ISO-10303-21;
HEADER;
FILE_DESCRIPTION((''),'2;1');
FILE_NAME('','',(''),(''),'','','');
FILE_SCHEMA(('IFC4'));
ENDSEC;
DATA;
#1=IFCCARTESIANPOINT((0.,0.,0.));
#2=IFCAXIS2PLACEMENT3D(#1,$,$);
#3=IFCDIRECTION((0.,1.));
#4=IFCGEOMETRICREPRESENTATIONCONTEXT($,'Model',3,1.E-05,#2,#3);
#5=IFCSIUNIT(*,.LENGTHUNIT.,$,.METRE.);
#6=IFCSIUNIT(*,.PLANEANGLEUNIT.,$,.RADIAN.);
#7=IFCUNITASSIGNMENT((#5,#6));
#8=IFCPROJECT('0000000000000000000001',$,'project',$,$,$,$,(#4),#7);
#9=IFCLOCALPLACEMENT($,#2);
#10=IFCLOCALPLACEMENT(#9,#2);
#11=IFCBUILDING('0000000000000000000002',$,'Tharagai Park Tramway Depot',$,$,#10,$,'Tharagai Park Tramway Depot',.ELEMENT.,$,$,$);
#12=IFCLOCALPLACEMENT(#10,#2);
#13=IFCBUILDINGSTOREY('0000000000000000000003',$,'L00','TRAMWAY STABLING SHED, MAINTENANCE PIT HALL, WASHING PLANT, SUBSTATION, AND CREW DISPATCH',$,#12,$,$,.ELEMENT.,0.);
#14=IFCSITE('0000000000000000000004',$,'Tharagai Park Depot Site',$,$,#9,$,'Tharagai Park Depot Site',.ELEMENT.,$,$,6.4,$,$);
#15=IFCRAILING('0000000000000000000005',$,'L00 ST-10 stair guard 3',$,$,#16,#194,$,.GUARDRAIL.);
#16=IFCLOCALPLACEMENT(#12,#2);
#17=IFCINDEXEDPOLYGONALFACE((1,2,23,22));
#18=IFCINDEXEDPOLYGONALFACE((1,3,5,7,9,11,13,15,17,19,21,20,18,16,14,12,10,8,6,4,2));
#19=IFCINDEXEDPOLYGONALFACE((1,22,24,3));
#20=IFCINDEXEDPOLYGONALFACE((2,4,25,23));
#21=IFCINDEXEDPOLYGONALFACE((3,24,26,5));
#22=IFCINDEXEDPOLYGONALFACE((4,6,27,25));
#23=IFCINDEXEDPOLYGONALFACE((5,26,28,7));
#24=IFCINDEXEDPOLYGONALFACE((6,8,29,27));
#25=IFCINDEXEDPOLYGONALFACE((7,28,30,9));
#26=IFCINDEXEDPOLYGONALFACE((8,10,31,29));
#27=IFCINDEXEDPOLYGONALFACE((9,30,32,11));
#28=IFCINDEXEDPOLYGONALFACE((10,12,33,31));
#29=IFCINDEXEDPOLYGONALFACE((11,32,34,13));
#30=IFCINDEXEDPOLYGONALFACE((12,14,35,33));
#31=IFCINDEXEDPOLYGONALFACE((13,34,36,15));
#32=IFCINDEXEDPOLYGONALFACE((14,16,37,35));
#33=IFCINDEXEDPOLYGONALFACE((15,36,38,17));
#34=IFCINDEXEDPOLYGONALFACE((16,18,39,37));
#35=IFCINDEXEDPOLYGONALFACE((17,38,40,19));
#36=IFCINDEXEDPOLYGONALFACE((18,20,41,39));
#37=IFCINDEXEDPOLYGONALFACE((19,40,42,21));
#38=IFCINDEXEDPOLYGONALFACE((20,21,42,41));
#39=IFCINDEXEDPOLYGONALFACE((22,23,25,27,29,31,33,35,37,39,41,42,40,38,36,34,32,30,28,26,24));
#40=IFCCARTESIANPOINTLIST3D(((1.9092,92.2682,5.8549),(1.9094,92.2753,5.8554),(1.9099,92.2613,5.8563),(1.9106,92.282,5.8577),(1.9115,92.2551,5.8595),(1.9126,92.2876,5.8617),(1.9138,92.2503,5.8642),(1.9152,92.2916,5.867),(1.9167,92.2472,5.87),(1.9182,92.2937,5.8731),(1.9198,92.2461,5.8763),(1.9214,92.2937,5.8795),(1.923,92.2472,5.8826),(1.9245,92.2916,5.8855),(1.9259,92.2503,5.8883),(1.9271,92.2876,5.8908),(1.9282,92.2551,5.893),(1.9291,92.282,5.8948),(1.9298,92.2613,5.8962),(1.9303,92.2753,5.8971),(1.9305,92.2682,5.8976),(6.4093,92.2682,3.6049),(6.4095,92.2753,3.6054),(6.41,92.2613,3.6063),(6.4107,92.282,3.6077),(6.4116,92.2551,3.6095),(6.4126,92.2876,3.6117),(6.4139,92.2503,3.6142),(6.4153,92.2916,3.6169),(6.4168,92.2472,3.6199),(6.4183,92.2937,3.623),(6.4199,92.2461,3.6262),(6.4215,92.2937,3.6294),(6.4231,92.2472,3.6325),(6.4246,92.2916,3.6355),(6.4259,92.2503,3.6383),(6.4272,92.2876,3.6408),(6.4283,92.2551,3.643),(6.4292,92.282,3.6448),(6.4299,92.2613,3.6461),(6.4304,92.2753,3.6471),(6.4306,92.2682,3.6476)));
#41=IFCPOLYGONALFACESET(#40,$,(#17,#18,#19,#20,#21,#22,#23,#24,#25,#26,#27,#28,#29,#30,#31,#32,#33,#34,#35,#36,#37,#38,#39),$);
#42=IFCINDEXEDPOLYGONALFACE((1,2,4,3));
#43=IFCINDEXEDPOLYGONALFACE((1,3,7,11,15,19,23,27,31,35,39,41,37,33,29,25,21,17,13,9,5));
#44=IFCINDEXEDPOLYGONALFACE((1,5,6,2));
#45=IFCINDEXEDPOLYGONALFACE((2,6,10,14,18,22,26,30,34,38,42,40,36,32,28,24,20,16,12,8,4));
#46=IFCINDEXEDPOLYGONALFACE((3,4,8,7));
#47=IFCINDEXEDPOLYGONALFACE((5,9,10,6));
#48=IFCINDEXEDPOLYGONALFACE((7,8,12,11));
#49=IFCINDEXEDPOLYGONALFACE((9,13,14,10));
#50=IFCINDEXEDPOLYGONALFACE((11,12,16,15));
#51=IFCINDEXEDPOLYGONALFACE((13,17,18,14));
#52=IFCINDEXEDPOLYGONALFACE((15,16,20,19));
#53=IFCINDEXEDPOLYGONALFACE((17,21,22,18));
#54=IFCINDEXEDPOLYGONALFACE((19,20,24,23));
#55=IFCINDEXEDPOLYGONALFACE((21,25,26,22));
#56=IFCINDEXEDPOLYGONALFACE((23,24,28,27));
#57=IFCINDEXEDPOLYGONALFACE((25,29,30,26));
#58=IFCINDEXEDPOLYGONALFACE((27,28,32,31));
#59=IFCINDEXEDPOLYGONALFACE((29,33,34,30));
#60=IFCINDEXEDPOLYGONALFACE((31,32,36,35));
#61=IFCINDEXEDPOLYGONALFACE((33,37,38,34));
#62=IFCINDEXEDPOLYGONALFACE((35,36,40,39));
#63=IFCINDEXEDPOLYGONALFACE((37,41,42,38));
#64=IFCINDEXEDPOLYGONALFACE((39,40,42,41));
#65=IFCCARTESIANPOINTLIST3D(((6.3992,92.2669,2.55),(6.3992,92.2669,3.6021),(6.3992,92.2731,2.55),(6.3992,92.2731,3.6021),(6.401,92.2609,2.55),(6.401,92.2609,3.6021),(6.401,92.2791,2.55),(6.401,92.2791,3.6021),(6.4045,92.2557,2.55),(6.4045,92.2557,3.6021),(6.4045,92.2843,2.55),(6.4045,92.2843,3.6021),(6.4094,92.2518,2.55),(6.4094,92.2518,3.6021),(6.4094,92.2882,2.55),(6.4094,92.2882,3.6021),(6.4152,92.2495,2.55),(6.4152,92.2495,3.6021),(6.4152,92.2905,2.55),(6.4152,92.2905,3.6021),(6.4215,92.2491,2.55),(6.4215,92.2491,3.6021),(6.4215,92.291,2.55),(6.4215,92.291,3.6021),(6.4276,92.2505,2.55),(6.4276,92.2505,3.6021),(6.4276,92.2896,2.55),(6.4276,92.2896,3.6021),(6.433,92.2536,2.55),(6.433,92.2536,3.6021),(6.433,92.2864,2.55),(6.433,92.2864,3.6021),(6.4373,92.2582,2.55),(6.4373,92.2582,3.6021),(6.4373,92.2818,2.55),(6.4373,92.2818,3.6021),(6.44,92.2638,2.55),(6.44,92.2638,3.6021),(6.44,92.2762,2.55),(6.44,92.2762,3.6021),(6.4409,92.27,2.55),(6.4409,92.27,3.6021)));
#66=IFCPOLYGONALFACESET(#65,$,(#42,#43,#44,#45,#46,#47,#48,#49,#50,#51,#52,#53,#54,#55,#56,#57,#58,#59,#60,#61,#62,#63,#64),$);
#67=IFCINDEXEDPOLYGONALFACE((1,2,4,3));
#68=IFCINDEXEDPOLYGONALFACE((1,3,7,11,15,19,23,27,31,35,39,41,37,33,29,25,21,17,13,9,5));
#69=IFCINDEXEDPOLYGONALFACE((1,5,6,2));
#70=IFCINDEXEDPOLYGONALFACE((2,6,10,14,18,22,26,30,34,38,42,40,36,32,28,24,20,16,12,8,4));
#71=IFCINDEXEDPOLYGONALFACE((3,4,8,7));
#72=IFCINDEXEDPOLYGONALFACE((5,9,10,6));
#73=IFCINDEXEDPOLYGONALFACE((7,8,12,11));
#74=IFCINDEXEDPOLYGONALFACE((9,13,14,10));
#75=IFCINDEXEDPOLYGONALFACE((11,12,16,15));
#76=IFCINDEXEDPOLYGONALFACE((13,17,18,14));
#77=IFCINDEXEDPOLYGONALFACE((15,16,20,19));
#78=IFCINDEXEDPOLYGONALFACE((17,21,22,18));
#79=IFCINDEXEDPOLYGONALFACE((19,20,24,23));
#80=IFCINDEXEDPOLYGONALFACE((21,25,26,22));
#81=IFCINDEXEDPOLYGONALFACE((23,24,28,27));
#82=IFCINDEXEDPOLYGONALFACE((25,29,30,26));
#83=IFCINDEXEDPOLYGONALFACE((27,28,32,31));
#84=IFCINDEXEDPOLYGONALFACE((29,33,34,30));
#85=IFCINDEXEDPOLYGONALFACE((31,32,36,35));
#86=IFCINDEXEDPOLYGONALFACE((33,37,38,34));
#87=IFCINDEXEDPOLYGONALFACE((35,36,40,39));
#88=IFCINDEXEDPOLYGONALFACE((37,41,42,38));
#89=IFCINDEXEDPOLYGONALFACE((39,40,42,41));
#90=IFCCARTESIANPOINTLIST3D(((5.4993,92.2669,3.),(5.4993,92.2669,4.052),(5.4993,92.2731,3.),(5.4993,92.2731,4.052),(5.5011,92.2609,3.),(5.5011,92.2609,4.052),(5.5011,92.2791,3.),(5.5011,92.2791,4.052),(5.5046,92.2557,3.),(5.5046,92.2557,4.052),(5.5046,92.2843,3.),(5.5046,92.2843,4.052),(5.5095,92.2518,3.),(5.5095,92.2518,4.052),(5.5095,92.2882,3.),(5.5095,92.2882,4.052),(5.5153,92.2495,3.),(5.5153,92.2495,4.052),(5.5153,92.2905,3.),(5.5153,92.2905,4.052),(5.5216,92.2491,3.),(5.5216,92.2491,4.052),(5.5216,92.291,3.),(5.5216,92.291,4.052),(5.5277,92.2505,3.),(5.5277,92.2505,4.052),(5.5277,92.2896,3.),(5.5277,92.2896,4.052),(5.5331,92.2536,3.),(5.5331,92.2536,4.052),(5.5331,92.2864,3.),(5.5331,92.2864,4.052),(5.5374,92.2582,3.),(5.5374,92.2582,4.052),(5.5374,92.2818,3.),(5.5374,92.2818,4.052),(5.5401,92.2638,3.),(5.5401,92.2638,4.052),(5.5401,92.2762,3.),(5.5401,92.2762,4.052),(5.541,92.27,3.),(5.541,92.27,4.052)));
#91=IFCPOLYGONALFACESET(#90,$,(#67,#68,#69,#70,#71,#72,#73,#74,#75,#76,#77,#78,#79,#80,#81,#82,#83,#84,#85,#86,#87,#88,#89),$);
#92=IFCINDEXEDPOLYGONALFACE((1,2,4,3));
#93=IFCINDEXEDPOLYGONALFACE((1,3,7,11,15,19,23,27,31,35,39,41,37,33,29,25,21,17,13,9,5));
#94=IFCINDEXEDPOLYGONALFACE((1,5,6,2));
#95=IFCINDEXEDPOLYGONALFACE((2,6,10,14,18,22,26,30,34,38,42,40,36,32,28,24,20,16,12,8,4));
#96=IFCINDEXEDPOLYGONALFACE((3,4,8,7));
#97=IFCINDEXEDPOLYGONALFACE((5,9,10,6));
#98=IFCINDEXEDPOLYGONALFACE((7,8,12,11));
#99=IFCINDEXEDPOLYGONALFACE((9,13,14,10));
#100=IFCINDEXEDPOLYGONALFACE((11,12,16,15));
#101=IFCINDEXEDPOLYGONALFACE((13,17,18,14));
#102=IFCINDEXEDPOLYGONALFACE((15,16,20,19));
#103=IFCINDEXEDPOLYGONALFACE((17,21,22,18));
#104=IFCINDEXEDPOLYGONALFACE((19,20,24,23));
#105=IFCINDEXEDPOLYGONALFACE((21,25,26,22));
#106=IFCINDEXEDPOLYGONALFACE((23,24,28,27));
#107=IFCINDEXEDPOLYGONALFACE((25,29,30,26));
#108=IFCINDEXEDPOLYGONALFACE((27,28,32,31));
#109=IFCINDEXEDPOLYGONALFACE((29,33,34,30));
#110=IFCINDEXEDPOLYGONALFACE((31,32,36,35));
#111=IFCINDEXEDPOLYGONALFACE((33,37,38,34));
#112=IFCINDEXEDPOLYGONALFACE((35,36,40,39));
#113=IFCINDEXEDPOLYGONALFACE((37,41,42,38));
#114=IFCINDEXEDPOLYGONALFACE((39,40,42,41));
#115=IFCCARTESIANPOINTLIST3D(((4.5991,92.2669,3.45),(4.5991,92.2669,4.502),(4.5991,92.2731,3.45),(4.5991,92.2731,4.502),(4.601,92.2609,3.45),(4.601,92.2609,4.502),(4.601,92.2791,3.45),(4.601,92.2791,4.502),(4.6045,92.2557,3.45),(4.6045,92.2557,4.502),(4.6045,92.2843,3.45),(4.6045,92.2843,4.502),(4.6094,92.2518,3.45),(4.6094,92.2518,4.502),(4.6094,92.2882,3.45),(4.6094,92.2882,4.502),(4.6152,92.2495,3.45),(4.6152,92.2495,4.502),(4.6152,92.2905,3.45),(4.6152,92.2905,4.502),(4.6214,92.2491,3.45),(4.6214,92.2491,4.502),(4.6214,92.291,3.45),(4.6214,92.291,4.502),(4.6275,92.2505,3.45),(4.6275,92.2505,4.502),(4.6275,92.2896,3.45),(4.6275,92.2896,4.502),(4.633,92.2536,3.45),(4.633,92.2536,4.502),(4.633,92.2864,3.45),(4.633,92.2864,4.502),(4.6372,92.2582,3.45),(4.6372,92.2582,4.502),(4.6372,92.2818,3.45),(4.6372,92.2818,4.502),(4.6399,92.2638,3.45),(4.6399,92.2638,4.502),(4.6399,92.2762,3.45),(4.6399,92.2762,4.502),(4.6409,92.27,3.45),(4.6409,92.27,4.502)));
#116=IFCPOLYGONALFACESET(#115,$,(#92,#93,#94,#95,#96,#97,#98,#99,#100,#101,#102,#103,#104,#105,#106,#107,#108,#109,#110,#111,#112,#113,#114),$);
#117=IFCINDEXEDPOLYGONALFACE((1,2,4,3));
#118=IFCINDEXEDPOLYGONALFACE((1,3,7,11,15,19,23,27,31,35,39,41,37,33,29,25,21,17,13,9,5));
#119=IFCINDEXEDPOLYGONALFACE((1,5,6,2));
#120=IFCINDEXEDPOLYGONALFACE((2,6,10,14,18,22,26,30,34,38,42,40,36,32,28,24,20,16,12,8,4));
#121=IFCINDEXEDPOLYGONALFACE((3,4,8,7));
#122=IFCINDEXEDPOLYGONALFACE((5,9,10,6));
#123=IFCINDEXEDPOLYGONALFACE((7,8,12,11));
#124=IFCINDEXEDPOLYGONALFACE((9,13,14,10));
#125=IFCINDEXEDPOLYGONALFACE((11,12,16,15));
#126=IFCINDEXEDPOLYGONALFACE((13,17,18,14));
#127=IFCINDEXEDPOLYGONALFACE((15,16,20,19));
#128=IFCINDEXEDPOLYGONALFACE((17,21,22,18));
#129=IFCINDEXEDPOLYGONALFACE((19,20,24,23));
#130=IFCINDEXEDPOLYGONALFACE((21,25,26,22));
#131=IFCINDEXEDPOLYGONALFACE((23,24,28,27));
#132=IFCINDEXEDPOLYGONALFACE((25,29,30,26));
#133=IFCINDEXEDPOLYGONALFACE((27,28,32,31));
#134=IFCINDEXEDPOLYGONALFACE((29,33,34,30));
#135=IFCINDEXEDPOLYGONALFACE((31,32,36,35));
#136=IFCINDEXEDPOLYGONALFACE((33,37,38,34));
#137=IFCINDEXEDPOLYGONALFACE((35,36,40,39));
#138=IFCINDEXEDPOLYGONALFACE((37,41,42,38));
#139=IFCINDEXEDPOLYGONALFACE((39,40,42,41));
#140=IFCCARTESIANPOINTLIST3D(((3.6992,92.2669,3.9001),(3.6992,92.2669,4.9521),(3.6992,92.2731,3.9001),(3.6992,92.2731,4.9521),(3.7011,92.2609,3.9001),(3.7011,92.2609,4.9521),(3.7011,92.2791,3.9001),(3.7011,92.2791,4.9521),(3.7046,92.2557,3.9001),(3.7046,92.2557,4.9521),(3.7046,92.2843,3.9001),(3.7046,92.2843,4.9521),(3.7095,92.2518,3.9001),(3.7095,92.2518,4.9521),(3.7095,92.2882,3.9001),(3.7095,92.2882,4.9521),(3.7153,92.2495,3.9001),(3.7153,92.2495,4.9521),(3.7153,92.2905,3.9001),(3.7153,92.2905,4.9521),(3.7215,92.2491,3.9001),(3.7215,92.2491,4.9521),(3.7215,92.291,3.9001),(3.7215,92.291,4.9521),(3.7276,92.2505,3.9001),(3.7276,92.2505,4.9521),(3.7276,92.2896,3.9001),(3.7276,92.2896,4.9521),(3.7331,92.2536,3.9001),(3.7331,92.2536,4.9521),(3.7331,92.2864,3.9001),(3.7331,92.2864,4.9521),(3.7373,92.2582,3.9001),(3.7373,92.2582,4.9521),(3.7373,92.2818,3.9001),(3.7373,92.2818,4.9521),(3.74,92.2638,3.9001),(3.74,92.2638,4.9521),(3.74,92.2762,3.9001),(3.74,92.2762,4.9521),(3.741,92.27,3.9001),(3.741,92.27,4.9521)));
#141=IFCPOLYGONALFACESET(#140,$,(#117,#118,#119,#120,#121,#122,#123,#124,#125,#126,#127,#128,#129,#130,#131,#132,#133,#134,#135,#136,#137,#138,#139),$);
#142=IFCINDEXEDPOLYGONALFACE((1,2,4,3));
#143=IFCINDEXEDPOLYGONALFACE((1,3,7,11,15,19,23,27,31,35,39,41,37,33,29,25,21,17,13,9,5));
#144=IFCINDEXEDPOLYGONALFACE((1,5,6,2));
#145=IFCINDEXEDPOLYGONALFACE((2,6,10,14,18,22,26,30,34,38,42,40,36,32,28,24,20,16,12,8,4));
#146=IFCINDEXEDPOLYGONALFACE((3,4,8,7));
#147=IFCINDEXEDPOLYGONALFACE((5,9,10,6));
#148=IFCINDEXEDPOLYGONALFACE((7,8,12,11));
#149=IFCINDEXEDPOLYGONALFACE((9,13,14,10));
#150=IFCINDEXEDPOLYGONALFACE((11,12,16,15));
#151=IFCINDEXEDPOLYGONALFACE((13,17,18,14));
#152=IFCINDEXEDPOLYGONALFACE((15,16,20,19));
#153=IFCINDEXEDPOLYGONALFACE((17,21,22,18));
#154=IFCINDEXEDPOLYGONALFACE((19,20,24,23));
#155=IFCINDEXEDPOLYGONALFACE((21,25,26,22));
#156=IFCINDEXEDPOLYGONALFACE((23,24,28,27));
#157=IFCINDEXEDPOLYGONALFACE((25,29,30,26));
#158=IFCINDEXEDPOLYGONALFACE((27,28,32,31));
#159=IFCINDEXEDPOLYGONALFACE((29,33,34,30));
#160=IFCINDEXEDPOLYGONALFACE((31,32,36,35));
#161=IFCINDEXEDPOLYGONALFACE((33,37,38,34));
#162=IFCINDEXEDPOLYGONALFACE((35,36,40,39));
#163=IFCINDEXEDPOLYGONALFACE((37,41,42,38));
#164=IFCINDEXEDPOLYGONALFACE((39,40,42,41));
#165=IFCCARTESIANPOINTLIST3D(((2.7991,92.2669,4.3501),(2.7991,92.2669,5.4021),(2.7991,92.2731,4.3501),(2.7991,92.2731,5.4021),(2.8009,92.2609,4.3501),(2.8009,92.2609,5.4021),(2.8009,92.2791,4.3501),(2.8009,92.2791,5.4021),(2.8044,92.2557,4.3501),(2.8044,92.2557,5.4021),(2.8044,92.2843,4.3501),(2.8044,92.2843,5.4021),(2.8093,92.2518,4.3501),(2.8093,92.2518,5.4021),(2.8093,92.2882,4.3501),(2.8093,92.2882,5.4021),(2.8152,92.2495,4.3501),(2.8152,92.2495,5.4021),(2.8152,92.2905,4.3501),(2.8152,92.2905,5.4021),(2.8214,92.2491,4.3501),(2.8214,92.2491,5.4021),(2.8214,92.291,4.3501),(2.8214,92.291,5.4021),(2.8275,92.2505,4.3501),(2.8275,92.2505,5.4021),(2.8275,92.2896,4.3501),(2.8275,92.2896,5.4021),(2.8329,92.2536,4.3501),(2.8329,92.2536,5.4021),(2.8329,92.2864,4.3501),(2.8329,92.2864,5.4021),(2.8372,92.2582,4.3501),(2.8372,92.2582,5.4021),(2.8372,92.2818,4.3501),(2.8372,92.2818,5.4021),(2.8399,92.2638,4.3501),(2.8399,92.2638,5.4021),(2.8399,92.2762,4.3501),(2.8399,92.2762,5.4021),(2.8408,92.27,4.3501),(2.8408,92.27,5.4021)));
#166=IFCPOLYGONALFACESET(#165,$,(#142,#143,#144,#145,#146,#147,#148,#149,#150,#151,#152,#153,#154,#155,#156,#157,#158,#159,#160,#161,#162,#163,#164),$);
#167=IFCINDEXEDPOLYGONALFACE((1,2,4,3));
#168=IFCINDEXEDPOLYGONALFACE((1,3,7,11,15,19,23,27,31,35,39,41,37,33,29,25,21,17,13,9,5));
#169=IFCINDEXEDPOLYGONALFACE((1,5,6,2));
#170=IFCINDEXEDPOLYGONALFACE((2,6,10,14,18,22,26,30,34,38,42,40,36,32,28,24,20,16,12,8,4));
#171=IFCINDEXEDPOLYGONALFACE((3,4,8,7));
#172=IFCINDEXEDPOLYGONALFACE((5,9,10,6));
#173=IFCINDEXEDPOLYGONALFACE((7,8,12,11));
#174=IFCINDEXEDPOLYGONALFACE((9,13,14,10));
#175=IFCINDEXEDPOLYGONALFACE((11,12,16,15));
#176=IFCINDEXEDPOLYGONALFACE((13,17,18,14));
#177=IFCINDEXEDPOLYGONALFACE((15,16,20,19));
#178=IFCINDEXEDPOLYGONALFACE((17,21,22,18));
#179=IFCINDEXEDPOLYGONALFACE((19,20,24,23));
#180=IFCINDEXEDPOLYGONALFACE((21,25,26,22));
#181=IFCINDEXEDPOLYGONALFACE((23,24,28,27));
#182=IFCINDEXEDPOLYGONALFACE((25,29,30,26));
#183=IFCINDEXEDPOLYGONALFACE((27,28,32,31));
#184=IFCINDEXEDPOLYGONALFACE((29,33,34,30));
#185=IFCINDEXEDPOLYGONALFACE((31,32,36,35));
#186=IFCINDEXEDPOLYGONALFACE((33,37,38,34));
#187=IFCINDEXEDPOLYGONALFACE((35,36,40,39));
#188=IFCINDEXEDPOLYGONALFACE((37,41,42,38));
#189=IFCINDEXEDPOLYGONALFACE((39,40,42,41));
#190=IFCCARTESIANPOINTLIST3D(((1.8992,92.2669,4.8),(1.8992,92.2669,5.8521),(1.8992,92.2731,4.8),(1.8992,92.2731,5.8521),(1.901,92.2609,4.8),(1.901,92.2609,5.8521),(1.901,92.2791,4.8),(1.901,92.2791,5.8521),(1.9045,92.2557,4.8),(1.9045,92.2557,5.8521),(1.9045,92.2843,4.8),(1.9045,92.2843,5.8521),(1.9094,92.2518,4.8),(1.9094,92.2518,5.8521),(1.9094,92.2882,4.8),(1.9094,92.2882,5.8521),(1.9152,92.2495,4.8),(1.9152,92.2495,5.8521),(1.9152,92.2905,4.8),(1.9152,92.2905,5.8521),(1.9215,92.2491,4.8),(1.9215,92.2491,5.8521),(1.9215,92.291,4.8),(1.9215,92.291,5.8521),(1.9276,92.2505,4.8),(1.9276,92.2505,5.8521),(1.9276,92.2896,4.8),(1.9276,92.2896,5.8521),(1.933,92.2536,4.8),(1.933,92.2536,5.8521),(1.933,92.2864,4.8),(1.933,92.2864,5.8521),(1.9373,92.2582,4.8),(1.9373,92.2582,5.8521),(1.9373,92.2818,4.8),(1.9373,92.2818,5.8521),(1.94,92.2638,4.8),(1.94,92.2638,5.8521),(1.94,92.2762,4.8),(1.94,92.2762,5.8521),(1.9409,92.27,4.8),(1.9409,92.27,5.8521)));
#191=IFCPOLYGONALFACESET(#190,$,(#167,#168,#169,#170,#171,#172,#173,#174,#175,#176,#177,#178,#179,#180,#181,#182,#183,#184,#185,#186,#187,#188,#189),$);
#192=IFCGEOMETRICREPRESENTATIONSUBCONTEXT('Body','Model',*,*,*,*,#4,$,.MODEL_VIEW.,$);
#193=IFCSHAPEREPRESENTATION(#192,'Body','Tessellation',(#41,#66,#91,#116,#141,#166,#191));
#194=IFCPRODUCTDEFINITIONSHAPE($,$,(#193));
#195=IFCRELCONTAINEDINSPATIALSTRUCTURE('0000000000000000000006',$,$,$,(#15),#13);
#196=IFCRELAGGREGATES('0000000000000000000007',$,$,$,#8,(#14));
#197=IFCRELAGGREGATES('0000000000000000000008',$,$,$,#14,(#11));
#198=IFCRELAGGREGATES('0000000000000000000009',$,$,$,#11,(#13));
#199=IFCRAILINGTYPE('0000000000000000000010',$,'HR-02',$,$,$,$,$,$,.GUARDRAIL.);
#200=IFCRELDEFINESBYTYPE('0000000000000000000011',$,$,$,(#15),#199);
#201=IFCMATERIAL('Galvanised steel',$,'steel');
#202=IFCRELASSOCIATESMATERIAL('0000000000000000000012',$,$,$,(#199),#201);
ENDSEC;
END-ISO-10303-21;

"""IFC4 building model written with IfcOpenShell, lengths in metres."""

from ifc_helpers import new_model, si_unit, direction, frame, origin, origin_2d, place, context, subcontext, project, spatial, circle, extrude, material, type_object, element, save


model = new_model("IFC4")

# Units and contexts
model_context = context("Model", 3, precision=1e-05, world=origin(), true_north=direction((0.0, 1.0)))
body_context = subcontext(model_context, "Body", "Model", "MODEL_VIEW")
ifc_project = project(units=[si_unit("LENGTHUNIT", "METRE"), si_unit("PLANEANGLEUNIT", "RADIAN")], contexts=[model_context])

# Site, building, storey
site_placement = place(None, origin())
site = spatial("IfcSite", under=ifc_project, at=site_placement, Name="Tharagai Park Depot Site", LongName="Tharagai Park Depot Site", CompositionType="ELEMENT", RefElevation=6.4)
building_placement = place(site_placement, origin())
building = spatial("IfcBuilding", under=site, at=building_placement, Name="Tharagai Park Tramway Depot", LongName="Tharagai Park Tramway Depot", CompositionType="ELEMENT")
storey_placement = place(building_placement, origin())
storey = spatial("IfcBuildingStorey", under=building, at=storey_placement, Name="L00", Description="TRAMWAY STABLING SHED, MAINTENANCE PIT HALL, WASHING PLANT, SUBSTATION, AND CREW DISPATCH", CompositionType="ELEMENT", Elevation=0.0)

# Shared definitions
ifc_material_1 = material(Name="Galvanised steel", Category="steel")

# Railing
railing_type_1 = type_object("IfcRailingType", Name="HR-02", PredefinedType="GUARDRAIL", material=ifc_material_1)
railing_1_placement = place(storey_placement, frame((6.4199, 92.27, 2.55)))
element("IfcRailing", 1, at=railing_1_placement, inside=storey, type_object=railing_type_1, Name="L00 ST-10 stair guard 3", PredefinedType="GUARDRAIL", context=body_context, shape_type="SweptSolid", body=[
    extrude(circle(Radius=0.0239, at=origin_2d()), frame((0.0, 0.0, 1.0762), z_axis=(-0.894427, 0.0, 0.447214), x_axis=(0.0, -1.0, 0.0)), (0.0, 0.0, 1.0), 5.0312),
    extrude(circle(Radius=0.021, at=origin_2d()), origin(), (0.0, 0.0, 1.0), 1.052),
    extrude(circle(Radius=0.021, at=origin_2d()), frame((-0.8999, 0.0, 0.45)), (0.0, 0.0, 1.0), 1.052),
    extrude(circle(Radius=0.021, at=origin_2d()), frame((-1.8, 0.0, 0.8999)), (0.0, 0.0, 1.0), 1.052),
    extrude(circle(Radius=0.021, at=origin_2d()), frame((-2.7, 0.0, 1.3501)), (0.0, 0.0, 1.0), 1.052),
    extrude(circle(Radius=0.021, at=origin_2d()), frame((-3.6001, 0.0, 1.8)), (0.0, 0.0, 1.0), 1.052),
    extrude(circle(Radius=0.021, at=origin_2d()), frame((-4.5, 0.0, 2.25)), (0.0, 0.0, 1.0), 1.052),
])

save(model, "model.ifc")
